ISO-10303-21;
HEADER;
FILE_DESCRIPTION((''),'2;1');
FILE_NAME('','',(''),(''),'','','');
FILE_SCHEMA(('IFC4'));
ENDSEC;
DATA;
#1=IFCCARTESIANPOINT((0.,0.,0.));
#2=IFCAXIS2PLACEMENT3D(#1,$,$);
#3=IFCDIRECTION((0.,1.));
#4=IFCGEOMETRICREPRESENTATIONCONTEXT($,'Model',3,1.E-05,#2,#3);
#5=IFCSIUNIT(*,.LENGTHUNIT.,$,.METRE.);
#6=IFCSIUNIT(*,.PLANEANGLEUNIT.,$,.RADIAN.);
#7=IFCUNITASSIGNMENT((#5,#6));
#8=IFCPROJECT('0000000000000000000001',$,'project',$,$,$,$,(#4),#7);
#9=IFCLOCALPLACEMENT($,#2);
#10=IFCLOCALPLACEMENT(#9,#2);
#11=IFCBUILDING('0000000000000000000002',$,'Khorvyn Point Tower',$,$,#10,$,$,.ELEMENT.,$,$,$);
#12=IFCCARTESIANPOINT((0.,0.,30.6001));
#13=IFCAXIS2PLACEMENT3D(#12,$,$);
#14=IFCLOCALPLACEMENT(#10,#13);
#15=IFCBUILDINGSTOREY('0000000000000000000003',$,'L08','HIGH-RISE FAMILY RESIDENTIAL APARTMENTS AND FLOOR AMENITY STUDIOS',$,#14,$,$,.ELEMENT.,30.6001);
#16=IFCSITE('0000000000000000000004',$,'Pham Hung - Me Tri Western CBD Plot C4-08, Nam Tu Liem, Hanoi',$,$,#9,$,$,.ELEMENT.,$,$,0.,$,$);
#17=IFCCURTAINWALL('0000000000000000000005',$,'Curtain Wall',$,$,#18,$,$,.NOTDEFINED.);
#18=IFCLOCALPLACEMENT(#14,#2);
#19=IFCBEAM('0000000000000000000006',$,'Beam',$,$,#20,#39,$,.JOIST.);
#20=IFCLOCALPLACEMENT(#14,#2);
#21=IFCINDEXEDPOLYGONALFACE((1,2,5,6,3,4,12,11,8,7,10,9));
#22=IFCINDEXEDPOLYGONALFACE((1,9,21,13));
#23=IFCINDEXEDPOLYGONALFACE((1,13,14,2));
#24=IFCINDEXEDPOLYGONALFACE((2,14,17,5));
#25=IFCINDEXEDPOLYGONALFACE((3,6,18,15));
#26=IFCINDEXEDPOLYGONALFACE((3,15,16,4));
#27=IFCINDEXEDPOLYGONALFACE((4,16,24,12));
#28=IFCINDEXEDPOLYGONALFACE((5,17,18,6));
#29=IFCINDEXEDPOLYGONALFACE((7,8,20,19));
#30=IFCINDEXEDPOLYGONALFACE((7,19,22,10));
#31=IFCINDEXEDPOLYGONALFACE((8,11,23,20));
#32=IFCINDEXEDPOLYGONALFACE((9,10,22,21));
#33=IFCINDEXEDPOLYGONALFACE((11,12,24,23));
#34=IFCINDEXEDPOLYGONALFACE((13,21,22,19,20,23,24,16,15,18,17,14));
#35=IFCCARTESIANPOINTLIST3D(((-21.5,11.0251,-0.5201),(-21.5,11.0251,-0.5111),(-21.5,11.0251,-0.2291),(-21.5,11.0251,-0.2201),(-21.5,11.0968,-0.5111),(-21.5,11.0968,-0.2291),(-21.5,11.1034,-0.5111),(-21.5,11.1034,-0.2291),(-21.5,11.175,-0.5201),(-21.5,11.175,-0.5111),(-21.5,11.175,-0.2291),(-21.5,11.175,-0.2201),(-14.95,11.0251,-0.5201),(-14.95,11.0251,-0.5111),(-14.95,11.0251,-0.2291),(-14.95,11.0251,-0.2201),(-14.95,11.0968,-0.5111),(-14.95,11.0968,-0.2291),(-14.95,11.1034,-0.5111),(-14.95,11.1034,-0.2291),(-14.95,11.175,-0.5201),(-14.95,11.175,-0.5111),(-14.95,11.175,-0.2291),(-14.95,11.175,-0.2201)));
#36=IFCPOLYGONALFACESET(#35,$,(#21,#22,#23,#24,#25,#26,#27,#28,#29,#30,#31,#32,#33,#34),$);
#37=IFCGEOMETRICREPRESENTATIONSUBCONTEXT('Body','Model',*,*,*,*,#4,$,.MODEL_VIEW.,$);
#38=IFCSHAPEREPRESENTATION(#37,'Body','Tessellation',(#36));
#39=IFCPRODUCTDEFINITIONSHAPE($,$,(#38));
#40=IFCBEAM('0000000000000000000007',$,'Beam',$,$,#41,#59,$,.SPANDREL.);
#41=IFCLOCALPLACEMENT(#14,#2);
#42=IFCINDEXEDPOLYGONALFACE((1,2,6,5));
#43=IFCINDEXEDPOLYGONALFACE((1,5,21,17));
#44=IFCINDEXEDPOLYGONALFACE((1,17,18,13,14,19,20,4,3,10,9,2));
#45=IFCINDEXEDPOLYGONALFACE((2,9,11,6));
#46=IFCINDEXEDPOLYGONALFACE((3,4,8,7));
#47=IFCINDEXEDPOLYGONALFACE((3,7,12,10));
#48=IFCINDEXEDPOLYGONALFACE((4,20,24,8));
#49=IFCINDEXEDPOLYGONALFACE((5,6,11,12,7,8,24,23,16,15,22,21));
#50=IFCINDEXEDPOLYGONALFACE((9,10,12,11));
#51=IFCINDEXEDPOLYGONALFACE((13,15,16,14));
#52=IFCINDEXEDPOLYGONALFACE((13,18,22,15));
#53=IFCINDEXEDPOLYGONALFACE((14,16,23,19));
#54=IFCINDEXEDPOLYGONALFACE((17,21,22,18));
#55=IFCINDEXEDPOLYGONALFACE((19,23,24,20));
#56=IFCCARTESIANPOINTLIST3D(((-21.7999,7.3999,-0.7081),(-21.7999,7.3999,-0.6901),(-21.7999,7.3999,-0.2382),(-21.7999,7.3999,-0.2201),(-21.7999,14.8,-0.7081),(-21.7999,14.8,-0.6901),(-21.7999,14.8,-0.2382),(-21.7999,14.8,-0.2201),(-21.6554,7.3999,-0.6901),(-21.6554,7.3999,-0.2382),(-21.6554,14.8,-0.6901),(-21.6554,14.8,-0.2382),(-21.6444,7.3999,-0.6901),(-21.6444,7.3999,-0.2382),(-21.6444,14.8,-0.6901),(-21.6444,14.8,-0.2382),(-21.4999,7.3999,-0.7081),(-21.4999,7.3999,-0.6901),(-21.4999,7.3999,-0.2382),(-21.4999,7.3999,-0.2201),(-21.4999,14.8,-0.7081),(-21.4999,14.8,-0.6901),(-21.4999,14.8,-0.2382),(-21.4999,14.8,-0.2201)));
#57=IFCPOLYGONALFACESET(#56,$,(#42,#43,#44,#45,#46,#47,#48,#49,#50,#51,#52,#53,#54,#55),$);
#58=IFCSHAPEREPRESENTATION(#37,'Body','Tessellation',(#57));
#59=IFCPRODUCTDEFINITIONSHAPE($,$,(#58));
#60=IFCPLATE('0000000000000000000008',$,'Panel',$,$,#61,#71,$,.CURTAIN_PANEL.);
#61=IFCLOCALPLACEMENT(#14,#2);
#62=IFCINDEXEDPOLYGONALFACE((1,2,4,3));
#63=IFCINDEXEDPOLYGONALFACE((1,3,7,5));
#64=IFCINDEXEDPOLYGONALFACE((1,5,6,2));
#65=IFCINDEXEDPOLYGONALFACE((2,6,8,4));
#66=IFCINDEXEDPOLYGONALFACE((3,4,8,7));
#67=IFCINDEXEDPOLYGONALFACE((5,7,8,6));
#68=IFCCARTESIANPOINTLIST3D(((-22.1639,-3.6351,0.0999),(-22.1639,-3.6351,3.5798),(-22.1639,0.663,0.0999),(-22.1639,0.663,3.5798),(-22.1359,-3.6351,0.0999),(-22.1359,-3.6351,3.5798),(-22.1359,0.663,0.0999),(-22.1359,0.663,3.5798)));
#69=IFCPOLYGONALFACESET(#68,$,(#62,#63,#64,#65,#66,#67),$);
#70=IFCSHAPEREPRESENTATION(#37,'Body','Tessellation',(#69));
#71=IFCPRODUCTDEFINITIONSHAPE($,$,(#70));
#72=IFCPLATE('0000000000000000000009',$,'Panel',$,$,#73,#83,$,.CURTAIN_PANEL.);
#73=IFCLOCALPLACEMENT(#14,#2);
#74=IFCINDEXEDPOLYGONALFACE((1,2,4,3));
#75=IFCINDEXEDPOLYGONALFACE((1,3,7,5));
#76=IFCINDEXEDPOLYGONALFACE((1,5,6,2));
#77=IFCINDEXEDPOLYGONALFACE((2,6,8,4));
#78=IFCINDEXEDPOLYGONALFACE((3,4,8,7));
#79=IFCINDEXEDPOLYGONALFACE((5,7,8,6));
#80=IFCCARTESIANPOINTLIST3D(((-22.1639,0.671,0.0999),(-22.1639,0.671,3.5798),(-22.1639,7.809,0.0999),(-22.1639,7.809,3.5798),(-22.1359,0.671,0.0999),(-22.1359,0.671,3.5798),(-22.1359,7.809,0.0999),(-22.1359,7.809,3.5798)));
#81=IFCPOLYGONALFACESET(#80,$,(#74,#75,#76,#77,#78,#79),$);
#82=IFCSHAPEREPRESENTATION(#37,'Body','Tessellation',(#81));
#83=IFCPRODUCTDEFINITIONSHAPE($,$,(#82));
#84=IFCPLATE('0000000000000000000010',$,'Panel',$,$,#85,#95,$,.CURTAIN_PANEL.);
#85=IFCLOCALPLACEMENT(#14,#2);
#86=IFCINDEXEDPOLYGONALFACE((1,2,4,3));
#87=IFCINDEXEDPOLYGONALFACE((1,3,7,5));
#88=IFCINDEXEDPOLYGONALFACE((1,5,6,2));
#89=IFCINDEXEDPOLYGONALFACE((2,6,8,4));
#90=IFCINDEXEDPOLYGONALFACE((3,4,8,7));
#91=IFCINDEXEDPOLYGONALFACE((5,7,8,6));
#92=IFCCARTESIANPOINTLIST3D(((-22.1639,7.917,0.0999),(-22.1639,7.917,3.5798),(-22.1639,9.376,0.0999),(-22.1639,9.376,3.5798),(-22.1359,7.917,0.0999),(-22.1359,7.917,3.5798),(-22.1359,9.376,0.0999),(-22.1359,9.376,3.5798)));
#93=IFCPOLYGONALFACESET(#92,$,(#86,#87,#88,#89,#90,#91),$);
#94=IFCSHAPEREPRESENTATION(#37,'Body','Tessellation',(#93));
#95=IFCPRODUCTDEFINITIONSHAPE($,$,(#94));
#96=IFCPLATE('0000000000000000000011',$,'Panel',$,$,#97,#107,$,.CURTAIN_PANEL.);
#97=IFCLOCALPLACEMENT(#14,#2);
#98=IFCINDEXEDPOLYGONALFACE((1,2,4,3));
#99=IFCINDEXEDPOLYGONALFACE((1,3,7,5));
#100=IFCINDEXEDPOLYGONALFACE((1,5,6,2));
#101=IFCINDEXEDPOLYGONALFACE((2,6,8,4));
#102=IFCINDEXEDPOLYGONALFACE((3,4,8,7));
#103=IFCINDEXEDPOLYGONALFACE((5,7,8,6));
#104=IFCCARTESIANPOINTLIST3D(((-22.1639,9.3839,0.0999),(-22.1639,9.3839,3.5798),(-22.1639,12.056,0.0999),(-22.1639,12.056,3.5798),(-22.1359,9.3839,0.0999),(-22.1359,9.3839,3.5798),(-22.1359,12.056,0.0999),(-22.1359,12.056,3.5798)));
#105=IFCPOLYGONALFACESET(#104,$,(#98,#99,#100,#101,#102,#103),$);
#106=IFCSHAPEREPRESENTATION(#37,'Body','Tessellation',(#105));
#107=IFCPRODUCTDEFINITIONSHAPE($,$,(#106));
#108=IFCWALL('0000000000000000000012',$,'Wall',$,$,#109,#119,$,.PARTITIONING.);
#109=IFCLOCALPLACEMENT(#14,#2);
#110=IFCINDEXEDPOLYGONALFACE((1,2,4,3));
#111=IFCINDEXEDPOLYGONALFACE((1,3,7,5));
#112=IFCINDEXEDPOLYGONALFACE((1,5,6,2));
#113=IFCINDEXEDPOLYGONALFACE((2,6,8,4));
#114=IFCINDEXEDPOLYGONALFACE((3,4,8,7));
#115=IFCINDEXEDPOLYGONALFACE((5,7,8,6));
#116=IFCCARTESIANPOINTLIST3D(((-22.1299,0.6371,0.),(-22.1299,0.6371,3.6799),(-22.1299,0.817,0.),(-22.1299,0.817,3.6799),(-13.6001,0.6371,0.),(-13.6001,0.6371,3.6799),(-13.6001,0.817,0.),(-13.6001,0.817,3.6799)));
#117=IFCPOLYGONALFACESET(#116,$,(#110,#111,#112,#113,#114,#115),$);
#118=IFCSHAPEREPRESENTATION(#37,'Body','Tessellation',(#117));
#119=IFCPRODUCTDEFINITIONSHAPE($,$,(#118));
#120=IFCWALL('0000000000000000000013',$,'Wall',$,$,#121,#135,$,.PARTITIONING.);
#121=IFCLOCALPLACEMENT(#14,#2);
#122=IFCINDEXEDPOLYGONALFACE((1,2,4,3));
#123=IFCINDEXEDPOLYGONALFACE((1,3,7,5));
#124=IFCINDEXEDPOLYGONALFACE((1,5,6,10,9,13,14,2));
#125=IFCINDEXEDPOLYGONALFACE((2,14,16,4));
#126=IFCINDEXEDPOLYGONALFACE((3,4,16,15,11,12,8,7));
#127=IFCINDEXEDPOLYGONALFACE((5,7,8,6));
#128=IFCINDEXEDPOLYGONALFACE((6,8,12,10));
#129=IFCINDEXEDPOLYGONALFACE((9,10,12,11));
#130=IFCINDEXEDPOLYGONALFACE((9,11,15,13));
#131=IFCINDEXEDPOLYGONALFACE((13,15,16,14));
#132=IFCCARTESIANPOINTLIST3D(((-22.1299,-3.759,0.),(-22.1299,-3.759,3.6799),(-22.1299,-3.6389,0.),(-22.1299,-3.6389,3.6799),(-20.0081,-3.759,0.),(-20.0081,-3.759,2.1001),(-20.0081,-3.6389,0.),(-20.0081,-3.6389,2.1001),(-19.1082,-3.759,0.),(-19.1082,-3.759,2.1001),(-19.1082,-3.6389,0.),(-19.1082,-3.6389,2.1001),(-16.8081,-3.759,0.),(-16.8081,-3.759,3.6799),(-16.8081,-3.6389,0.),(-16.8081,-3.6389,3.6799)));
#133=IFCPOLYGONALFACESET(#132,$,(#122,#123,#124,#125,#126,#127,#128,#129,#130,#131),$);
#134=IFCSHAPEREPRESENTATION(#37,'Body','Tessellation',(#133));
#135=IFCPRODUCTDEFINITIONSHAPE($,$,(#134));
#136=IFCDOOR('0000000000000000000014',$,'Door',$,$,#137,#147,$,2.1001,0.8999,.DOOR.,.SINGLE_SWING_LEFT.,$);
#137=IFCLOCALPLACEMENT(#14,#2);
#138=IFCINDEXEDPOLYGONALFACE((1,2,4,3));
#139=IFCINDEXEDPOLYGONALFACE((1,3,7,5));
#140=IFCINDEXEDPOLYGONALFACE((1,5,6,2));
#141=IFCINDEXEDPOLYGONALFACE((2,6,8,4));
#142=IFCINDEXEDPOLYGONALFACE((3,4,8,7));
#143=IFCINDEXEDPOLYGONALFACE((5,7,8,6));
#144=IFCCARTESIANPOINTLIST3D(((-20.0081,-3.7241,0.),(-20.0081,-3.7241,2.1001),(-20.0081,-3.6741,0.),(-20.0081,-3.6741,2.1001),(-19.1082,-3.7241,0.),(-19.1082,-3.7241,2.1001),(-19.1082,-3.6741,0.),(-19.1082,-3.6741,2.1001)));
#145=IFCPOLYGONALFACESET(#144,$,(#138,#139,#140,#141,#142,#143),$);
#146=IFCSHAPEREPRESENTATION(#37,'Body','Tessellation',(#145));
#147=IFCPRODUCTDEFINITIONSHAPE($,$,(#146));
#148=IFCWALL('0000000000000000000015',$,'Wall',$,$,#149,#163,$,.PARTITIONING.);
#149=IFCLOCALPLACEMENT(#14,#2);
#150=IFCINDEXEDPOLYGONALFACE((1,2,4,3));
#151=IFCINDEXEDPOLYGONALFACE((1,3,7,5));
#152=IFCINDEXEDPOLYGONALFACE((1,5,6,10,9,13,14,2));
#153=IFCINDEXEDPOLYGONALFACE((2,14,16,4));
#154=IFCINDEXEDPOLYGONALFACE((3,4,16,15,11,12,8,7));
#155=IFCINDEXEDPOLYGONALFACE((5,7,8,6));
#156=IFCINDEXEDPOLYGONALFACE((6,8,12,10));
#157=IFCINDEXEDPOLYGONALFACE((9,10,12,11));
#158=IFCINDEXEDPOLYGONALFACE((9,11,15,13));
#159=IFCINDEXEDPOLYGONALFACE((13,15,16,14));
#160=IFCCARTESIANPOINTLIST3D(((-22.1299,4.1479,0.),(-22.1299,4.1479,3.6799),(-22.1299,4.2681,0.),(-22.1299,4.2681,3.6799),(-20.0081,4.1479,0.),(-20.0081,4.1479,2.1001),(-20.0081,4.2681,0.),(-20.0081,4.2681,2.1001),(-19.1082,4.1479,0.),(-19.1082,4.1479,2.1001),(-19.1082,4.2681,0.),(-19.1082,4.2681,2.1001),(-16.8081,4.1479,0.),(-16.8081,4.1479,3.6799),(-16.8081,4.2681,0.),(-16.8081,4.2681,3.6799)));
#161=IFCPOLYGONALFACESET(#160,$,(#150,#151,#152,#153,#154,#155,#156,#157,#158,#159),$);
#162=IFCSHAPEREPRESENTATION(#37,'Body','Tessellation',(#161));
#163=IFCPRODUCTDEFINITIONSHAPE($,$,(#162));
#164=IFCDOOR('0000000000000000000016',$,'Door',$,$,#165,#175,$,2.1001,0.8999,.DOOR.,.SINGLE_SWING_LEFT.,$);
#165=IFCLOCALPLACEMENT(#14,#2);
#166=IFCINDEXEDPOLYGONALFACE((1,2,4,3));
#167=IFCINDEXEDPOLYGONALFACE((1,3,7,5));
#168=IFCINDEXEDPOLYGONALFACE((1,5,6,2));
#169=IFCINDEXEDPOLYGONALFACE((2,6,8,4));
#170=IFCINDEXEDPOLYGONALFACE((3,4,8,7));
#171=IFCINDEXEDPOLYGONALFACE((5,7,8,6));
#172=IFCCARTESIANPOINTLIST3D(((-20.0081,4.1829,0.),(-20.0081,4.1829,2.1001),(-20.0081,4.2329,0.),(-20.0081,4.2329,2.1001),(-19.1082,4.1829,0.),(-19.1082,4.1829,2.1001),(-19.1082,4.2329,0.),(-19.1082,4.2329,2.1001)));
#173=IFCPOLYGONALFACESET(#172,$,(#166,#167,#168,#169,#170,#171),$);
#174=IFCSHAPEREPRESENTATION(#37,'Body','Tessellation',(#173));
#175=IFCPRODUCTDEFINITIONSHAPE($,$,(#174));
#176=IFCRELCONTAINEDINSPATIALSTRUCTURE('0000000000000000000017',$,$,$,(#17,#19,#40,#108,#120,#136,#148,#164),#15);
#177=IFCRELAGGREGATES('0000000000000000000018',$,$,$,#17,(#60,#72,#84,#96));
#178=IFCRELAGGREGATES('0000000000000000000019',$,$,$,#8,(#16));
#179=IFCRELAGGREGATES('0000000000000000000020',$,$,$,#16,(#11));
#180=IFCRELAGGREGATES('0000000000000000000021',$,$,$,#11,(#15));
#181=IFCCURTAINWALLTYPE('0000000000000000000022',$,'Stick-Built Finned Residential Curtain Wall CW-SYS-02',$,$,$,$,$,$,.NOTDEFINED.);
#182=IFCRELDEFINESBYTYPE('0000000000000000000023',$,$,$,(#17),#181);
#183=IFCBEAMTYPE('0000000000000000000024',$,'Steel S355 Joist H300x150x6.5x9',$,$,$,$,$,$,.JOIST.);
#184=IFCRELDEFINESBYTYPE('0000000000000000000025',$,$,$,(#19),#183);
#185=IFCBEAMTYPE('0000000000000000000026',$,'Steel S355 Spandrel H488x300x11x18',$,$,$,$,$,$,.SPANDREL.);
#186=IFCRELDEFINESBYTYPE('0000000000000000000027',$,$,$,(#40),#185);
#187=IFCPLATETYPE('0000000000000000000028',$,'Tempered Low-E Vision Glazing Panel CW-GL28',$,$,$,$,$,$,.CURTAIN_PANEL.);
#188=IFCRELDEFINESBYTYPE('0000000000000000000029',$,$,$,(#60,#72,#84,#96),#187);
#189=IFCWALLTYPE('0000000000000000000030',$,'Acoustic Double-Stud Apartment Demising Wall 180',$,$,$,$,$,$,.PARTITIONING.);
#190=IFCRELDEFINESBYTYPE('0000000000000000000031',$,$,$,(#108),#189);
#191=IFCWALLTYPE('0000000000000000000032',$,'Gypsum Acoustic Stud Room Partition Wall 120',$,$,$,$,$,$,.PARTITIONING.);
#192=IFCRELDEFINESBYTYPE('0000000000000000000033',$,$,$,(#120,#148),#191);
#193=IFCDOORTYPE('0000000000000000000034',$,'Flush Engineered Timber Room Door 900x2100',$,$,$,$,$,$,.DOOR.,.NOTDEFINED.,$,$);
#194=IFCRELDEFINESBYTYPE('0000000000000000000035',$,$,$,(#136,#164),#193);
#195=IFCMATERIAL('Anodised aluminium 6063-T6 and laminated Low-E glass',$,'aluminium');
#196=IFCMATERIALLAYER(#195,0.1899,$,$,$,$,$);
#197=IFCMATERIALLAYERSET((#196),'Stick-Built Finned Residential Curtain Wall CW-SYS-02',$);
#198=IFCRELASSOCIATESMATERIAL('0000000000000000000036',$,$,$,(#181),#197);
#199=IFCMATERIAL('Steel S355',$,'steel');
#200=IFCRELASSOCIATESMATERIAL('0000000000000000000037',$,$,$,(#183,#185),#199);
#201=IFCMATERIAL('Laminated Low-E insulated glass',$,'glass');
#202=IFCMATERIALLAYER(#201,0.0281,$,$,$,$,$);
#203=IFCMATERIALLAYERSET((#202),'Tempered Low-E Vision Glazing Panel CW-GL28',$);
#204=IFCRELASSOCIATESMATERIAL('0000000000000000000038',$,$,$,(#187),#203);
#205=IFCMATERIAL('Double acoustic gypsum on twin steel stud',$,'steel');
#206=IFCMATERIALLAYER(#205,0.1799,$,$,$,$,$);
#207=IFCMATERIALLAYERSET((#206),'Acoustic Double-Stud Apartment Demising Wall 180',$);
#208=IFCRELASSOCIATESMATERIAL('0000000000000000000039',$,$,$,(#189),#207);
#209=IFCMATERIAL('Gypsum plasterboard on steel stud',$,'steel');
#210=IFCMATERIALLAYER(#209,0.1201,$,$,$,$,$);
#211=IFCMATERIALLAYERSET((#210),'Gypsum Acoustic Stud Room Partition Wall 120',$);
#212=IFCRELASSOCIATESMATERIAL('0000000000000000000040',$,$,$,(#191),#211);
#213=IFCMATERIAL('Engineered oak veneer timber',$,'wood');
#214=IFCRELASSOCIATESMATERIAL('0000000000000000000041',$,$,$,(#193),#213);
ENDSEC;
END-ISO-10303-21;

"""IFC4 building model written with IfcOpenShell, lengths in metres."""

from ifc_helpers import new_model, si_unit, direction, frame, frame_2d, origin, origin_2d, place, context, subcontext, project, spatial, rectangle, i_section, extrude, material, layer, layer_set, material_profile, profile_set, type_object, element, fill, aggregate, save


model = new_model("IFC4")

# Units and contexts
model_context = context("Model", 3, precision=1e-05, world=origin(), true_north=direction((0.0, 1.0)))
body_context = subcontext(model_context, "Body", "Model", "MODEL_VIEW")
ifc_project = project(units=[si_unit("LENGTHUNIT", "METRE"), si_unit("PLANEANGLEUNIT", "RADIAN")], contexts=[model_context])

# Site, building, storey
site_placement = place(None, origin())
site = spatial("IfcSite", under=ifc_project, at=site_placement, Name="Pham Hung - Me Tri Western CBD Plot C4-08, Nam Tu Liem, Hanoi", CompositionType="ELEMENT", RefElevation=0.0)
building_placement = place(site_placement, origin())
building = spatial("IfcBuilding", under=site, at=building_placement, Name="Khorvyn Point Tower", CompositionType="ELEMENT")
storey_placement = place(building_placement, frame((0.0, 0.0, 30.6001)))
storey = spatial("IfcBuildingStorey", under=building, at=storey_placement, Name="L08", Description="HIGH-RISE FAMILY RESIDENTIAL APARTMENTS AND FLOOR AMENITY STUDIOS", CompositionType="ELEMENT", Elevation=30.6001)

# Curtain wall
ifc_material_1 = material(Name="Anodised aluminium 6063-T6 and laminated Low-E glass", Category="aluminium")
ifc_layer_1 = layer(ifc_material_1, 0.1899)
ifc_layer_set_1 = layer_set([ifc_layer_1], Name="Stick-Built Finned Residential Curtain Wall CW-SYS-02")
curtain_wall_type = type_object("IfcCurtainWallType", Name="Stick-Built Finned Residential Curtain Wall CW-SYS-02", PredefinedType="NOTDEFINED", material=ifc_layer_set_1)
curtain_wall_placement = place(storey_placement, origin())
curtain_wall = element("IfcCurtainWall", 1, at=curtain_wall_placement, inside=storey, type_object=curtain_wall_type, Name="Curtain Wall", PredefinedType="NOTDEFINED")

# Beams
ifc_material_2 = material(Name="Steel S355", Category="steel")
ifc_material_profile_1 = material_profile(ifc_material_2, i_section(OverallWidth=0.1499, OverallDepth=0.3, WebThickness=0.0066, FlangeThickness=0.009, at=origin_2d()))
ifc_profile_set_1 = profile_set([ifc_material_profile_1], Name="Steel S355 H300x150x6.5x9")
beam_type_1 = type_object("IfcBeamType", Name="Steel S355 Joist H300x150x6.5x9", PredefinedType="JOIST", material=ifc_profile_set_1)
beam_1_placement = place(storey_placement, frame((-21.5, 11.1001, -0.3701), z_axis=(1.0, 0.0, 0.0), x_axis=(0.0, 1.0, 0.0)))
element("IfcBeam", 2, at=beam_1_placement, inside=storey, type_object=beam_type_1, Name="Beam", PredefinedType="JOIST", context=body_context, shape_type="SweptSolid", body=[
    extrude(i_section(OverallWidth=0.1499, OverallDepth=0.3, WebThickness=0.0066, FlangeThickness=0.009, at=origin_2d()), origin(), (0.0, 0.0, 1.0), 6.55),
])
ifc_material_profile_2 = material_profile(ifc_material_2, i_section(OverallWidth=0.3, OverallDepth=0.488, WebThickness=0.011, FlangeThickness=0.0181, at=origin_2d()))
ifc_profile_set_2 = profile_set([ifc_material_profile_2], Name="Steel S355 H488x300x11x18")
beam_type_2 = type_object("IfcBeamType", Name="Steel S355 Spandrel H488x300x11x18", PredefinedType="SPANDREL", material=ifc_profile_set_2)
beam_2_placement = place(storey_placement, frame((-21.6499, 7.3999, -0.4641), z_axis=(0.0, 1.0, 0.0), x_axis=(-1.0, 0.0, 0.0)))
element("IfcBeam", 3, at=beam_2_placement, inside=storey, type_object=beam_type_2, Name="Beam", PredefinedType="SPANDREL", context=body_context, shape_type="SweptSolid", body=[
    extrude(i_section(OverallWidth=0.3, OverallDepth=0.488, WebThickness=0.011, FlangeThickness=0.0181, at=origin_2d()), origin(), (0.0, 0.0, 1.0), 7.4001),
])

# Plates
ifc_material_3 = material(Name="Laminated Low-E insulated glass", Category="glass")
ifc_layer_2 = layer(ifc_material_3, 0.0281)
ifc_layer_set_2 = layer_set([ifc_layer_2], Name="Tempered Low-E Vision Glazing Panel CW-GL28")
plate_type = type_object("IfcPlateType", Name="Tempered Low-E Vision Glazing Panel CW-GL28", PredefinedType="CURTAIN_PANEL", material=ifc_layer_set_2)
plate_1_placement = place(storey_placement, frame((-22.1499, -1.4861, 0.0999), z_axis=(0.0, 0.0, 1.0), x_axis=(0.0, 1.0, 0.0)))
plate_1 = element("IfcPlate", 4, at=plate_1_placement, type_object=plate_type, Name="Panel", PredefinedType="CURTAIN_PANEL", context=body_context, shape_type="SweptSolid", body=[
    extrude(rectangle(XDim=4.2981, YDim=0.0281, at=origin_2d()), origin(), (0.0, 0.0, 1.0), 3.48),
])
plate_2_placement = place(storey_placement, frame((-22.1499, 4.24, 0.0999), z_axis=(0.0, 0.0, 1.0), x_axis=(0.0, 1.0, 0.0)))
plate_2 = element("IfcPlate", 5, at=plate_2_placement, type_object=plate_type, Name="Panel", PredefinedType="CURTAIN_PANEL", context=body_context, shape_type="SweptSolid", body=[
    extrude(rectangle(XDim=7.1379, YDim=0.0281, at=origin_2d()), origin(), (0.0, 0.0, 1.0), 3.48),
])
plate_3_placement = place(storey_placement, frame((-22.1499, 8.6465, 0.0999), z_axis=(0.0, 0.0, 1.0), x_axis=(0.0, 1.0, 0.0)))
plate_3 = element("IfcPlate", 6, at=plate_3_placement, type_object=plate_type, Name="Panel", PredefinedType="CURTAIN_PANEL", context=body_context, shape_type="SweptSolid", body=[
    extrude(rectangle(XDim=1.459, YDim=0.0281, at=origin_2d()), origin(), (0.0, 0.0, 1.0), 3.48),
])
plate_4_placement = place(storey_placement, frame((-22.1499, 10.72, 0.0999), z_axis=(0.0, 0.0, 1.0), x_axis=(0.0, 1.0, 0.0)))
plate_4 = element("IfcPlate", 7, at=plate_4_placement, type_object=plate_type, Name="Panel", PredefinedType="CURTAIN_PANEL", context=body_context, shape_type="SweptSolid", body=[
    extrude(rectangle(XDim=2.6721, YDim=0.0281, at=origin_2d()), origin(), (0.0, 0.0, 1.0), 3.48),
])
aggregate(curtain_wall, [plate_1, plate_2, plate_3, plate_4])

# Wall
ifc_material_4 = material(Name="Double acoustic gypsum on twin steel stud", Category="steel")
ifc_layer_3 = layer(ifc_material_4, 0.1799)
ifc_layer_set_3 = layer_set([ifc_layer_3], Name="Acoustic Double-Stud Apartment Demising Wall 180")
wall_type_1 = type_object("IfcWallType", Name="Acoustic Double-Stud Apartment Demising Wall 180", PredefinedType="PARTITIONING", material=ifc_layer_set_3)
wall_1_placement = place(storey_placement, frame((-22.1299, 0.7271, 0.0), z_axis=(0.0, 0.0, 1.0), x_axis=(1.0, 0.0, 0.0)))
element("IfcWall", 8, at=wall_1_placement, inside=storey, type_object=wall_type_1, Name="Wall", PredefinedType="PARTITIONING", context=body_context, shape_type="SweptSolid", body=[
    extrude(rectangle(XDim=8.5298, YDim=0.1799, at=frame_2d((4.2649, 0.0))), origin(), (0.0, 0.0, 1.0), 3.6799),
])

# Walls, openings, doors
ifc_material_5 = material(Name="Gypsum plasterboard on steel stud", Category="steel")
ifc_layer_4 = layer(ifc_material_5, 0.1201)
ifc_layer_set_4 = layer_set([ifc_layer_4], Name="Gypsum Acoustic Stud Room Partition Wall 120")
wall_type_2 = type_object("IfcWallType", Name="Gypsum Acoustic Stud Room Partition Wall 120", PredefinedType="PARTITIONING", material=ifc_layer_set_4)
wall_2_placement = place(storey_placement, frame((-22.1299, -3.699, 0.0), z_axis=(0.0, 0.0, 1.0), x_axis=(1.0, 0.0, 0.0)))
wall_2 = element("IfcWall", 9, at=wall_2_placement, inside=storey, type_object=wall_type_2, Name="Wall", PredefinedType="PARTITIONING", context=body_context, shape_type="SweptSolid", body=[
    extrude(rectangle(XDim=5.3218, YDim=0.1201, at=frame_2d((2.6609, 0.0))), origin(), (0.0, 0.0, 1.0), 3.6799),
])
opening_1_placement = place(wall_2_placement, frame((2.1218, 0.0, 0.0)))
opening_1 = element("IfcOpeningElement", 10, at=opening_1_placement, cuts=wall_2, PredefinedType="OPENING", context=body_context, shape_type="SweptSolid", body=[
    extrude(rectangle(XDim=0.8999, YDim=2.1001, at=frame_2d((0.45, 1.05))), frame((0.0, 0.0701, 0.0), z_axis=(0.0, -1.0, 0.0), x_axis=(1.0, 0.0, 0.0)), (0.0, 0.0, 1.0), 0.1401),
])
ifc_material_6 = material(Name="Engineered oak veneer timber", Category="wood")
door_type_1 = type_object("IfcDoorType", Name="Flush Engineered Timber Room Door 900x2100", OperationType="NOTDEFINED", PredefinedType="DOOR", material=ifc_material_6)
door_1_placement = place(opening_1_placement, origin())
door_1 = element("IfcDoor", 11, at=door_1_placement, inside=storey, type_object=door_type_1, Name="Door", OperationType="SINGLE_SWING_LEFT", OverallHeight=2.1001, OverallWidth=0.8999, PredefinedType="DOOR", context=body_context, shape_type="SweptSolid", body=[
    extrude(rectangle(XDim=0.8999, YDim=2.1001, at=frame_2d((0.45, 1.05))), frame((0.0, 0.0249, 0.0), z_axis=(0.0, -1.0, 0.0), x_axis=(1.0, 0.0, 0.0)), (0.0, 0.0, 1.0), 0.05),
])
fill(opening_1, door_1)
wall_3_placement = place(storey_placement, frame((-22.1299, 4.208, 0.0), z_axis=(0.0, 0.0, 1.0), x_axis=(1.0, 0.0, 0.0)))
wall_3 = element("IfcWall", 12, at=wall_3_placement, inside=storey, type_object=wall_type_2, Name="Wall", PredefinedType="PARTITIONING", context=body_context, shape_type="SweptSolid", body=[
    extrude(rectangle(XDim=5.3218, YDim=0.1201, at=frame_2d((2.6609, 0.0))), origin(), (0.0, 0.0, 1.0), 3.6799),
])
opening_2_placement = place(wall_3_placement, frame((2.1218, 0.0, 0.0)))
opening_2 = element("IfcOpeningElement", 13, at=opening_2_placement, cuts=wall_3, PredefinedType="OPENING", context=body_context, shape_type="SweptSolid", body=[
    extrude(rectangle(XDim=0.8999, YDim=2.1001, at=frame_2d((0.45, 1.05))), frame((0.0, 0.0701, 0.0), z_axis=(0.0, -1.0, 0.0), x_axis=(1.0, 0.0, 0.0)), (0.0, 0.0, 1.0), 0.1401),
])
door_2_placement = place(opening_2_placement, origin())
door_2 = element("IfcDoor", 14, at=door_2_placement, inside=storey, type_object=door_type_1, Name="Door", OperationType="SINGLE_SWING_LEFT", OverallHeight=2.1001, OverallWidth=0.8999, PredefinedType="DOOR", context=body_context, shape_type="SweptSolid", body=[
    extrude(rectangle(XDim=0.8999, YDim=2.1001, at=frame_2d((0.45, 1.05))), frame((0.0, 0.0249, 0.0), z_axis=(0.0, -1.0, 0.0), x_axis=(1.0, 0.0, 0.0)), (0.0, 0.0, 1.0), 0.05),
])
fill(opening_2, door_2)

save(model, "model.ifc")
